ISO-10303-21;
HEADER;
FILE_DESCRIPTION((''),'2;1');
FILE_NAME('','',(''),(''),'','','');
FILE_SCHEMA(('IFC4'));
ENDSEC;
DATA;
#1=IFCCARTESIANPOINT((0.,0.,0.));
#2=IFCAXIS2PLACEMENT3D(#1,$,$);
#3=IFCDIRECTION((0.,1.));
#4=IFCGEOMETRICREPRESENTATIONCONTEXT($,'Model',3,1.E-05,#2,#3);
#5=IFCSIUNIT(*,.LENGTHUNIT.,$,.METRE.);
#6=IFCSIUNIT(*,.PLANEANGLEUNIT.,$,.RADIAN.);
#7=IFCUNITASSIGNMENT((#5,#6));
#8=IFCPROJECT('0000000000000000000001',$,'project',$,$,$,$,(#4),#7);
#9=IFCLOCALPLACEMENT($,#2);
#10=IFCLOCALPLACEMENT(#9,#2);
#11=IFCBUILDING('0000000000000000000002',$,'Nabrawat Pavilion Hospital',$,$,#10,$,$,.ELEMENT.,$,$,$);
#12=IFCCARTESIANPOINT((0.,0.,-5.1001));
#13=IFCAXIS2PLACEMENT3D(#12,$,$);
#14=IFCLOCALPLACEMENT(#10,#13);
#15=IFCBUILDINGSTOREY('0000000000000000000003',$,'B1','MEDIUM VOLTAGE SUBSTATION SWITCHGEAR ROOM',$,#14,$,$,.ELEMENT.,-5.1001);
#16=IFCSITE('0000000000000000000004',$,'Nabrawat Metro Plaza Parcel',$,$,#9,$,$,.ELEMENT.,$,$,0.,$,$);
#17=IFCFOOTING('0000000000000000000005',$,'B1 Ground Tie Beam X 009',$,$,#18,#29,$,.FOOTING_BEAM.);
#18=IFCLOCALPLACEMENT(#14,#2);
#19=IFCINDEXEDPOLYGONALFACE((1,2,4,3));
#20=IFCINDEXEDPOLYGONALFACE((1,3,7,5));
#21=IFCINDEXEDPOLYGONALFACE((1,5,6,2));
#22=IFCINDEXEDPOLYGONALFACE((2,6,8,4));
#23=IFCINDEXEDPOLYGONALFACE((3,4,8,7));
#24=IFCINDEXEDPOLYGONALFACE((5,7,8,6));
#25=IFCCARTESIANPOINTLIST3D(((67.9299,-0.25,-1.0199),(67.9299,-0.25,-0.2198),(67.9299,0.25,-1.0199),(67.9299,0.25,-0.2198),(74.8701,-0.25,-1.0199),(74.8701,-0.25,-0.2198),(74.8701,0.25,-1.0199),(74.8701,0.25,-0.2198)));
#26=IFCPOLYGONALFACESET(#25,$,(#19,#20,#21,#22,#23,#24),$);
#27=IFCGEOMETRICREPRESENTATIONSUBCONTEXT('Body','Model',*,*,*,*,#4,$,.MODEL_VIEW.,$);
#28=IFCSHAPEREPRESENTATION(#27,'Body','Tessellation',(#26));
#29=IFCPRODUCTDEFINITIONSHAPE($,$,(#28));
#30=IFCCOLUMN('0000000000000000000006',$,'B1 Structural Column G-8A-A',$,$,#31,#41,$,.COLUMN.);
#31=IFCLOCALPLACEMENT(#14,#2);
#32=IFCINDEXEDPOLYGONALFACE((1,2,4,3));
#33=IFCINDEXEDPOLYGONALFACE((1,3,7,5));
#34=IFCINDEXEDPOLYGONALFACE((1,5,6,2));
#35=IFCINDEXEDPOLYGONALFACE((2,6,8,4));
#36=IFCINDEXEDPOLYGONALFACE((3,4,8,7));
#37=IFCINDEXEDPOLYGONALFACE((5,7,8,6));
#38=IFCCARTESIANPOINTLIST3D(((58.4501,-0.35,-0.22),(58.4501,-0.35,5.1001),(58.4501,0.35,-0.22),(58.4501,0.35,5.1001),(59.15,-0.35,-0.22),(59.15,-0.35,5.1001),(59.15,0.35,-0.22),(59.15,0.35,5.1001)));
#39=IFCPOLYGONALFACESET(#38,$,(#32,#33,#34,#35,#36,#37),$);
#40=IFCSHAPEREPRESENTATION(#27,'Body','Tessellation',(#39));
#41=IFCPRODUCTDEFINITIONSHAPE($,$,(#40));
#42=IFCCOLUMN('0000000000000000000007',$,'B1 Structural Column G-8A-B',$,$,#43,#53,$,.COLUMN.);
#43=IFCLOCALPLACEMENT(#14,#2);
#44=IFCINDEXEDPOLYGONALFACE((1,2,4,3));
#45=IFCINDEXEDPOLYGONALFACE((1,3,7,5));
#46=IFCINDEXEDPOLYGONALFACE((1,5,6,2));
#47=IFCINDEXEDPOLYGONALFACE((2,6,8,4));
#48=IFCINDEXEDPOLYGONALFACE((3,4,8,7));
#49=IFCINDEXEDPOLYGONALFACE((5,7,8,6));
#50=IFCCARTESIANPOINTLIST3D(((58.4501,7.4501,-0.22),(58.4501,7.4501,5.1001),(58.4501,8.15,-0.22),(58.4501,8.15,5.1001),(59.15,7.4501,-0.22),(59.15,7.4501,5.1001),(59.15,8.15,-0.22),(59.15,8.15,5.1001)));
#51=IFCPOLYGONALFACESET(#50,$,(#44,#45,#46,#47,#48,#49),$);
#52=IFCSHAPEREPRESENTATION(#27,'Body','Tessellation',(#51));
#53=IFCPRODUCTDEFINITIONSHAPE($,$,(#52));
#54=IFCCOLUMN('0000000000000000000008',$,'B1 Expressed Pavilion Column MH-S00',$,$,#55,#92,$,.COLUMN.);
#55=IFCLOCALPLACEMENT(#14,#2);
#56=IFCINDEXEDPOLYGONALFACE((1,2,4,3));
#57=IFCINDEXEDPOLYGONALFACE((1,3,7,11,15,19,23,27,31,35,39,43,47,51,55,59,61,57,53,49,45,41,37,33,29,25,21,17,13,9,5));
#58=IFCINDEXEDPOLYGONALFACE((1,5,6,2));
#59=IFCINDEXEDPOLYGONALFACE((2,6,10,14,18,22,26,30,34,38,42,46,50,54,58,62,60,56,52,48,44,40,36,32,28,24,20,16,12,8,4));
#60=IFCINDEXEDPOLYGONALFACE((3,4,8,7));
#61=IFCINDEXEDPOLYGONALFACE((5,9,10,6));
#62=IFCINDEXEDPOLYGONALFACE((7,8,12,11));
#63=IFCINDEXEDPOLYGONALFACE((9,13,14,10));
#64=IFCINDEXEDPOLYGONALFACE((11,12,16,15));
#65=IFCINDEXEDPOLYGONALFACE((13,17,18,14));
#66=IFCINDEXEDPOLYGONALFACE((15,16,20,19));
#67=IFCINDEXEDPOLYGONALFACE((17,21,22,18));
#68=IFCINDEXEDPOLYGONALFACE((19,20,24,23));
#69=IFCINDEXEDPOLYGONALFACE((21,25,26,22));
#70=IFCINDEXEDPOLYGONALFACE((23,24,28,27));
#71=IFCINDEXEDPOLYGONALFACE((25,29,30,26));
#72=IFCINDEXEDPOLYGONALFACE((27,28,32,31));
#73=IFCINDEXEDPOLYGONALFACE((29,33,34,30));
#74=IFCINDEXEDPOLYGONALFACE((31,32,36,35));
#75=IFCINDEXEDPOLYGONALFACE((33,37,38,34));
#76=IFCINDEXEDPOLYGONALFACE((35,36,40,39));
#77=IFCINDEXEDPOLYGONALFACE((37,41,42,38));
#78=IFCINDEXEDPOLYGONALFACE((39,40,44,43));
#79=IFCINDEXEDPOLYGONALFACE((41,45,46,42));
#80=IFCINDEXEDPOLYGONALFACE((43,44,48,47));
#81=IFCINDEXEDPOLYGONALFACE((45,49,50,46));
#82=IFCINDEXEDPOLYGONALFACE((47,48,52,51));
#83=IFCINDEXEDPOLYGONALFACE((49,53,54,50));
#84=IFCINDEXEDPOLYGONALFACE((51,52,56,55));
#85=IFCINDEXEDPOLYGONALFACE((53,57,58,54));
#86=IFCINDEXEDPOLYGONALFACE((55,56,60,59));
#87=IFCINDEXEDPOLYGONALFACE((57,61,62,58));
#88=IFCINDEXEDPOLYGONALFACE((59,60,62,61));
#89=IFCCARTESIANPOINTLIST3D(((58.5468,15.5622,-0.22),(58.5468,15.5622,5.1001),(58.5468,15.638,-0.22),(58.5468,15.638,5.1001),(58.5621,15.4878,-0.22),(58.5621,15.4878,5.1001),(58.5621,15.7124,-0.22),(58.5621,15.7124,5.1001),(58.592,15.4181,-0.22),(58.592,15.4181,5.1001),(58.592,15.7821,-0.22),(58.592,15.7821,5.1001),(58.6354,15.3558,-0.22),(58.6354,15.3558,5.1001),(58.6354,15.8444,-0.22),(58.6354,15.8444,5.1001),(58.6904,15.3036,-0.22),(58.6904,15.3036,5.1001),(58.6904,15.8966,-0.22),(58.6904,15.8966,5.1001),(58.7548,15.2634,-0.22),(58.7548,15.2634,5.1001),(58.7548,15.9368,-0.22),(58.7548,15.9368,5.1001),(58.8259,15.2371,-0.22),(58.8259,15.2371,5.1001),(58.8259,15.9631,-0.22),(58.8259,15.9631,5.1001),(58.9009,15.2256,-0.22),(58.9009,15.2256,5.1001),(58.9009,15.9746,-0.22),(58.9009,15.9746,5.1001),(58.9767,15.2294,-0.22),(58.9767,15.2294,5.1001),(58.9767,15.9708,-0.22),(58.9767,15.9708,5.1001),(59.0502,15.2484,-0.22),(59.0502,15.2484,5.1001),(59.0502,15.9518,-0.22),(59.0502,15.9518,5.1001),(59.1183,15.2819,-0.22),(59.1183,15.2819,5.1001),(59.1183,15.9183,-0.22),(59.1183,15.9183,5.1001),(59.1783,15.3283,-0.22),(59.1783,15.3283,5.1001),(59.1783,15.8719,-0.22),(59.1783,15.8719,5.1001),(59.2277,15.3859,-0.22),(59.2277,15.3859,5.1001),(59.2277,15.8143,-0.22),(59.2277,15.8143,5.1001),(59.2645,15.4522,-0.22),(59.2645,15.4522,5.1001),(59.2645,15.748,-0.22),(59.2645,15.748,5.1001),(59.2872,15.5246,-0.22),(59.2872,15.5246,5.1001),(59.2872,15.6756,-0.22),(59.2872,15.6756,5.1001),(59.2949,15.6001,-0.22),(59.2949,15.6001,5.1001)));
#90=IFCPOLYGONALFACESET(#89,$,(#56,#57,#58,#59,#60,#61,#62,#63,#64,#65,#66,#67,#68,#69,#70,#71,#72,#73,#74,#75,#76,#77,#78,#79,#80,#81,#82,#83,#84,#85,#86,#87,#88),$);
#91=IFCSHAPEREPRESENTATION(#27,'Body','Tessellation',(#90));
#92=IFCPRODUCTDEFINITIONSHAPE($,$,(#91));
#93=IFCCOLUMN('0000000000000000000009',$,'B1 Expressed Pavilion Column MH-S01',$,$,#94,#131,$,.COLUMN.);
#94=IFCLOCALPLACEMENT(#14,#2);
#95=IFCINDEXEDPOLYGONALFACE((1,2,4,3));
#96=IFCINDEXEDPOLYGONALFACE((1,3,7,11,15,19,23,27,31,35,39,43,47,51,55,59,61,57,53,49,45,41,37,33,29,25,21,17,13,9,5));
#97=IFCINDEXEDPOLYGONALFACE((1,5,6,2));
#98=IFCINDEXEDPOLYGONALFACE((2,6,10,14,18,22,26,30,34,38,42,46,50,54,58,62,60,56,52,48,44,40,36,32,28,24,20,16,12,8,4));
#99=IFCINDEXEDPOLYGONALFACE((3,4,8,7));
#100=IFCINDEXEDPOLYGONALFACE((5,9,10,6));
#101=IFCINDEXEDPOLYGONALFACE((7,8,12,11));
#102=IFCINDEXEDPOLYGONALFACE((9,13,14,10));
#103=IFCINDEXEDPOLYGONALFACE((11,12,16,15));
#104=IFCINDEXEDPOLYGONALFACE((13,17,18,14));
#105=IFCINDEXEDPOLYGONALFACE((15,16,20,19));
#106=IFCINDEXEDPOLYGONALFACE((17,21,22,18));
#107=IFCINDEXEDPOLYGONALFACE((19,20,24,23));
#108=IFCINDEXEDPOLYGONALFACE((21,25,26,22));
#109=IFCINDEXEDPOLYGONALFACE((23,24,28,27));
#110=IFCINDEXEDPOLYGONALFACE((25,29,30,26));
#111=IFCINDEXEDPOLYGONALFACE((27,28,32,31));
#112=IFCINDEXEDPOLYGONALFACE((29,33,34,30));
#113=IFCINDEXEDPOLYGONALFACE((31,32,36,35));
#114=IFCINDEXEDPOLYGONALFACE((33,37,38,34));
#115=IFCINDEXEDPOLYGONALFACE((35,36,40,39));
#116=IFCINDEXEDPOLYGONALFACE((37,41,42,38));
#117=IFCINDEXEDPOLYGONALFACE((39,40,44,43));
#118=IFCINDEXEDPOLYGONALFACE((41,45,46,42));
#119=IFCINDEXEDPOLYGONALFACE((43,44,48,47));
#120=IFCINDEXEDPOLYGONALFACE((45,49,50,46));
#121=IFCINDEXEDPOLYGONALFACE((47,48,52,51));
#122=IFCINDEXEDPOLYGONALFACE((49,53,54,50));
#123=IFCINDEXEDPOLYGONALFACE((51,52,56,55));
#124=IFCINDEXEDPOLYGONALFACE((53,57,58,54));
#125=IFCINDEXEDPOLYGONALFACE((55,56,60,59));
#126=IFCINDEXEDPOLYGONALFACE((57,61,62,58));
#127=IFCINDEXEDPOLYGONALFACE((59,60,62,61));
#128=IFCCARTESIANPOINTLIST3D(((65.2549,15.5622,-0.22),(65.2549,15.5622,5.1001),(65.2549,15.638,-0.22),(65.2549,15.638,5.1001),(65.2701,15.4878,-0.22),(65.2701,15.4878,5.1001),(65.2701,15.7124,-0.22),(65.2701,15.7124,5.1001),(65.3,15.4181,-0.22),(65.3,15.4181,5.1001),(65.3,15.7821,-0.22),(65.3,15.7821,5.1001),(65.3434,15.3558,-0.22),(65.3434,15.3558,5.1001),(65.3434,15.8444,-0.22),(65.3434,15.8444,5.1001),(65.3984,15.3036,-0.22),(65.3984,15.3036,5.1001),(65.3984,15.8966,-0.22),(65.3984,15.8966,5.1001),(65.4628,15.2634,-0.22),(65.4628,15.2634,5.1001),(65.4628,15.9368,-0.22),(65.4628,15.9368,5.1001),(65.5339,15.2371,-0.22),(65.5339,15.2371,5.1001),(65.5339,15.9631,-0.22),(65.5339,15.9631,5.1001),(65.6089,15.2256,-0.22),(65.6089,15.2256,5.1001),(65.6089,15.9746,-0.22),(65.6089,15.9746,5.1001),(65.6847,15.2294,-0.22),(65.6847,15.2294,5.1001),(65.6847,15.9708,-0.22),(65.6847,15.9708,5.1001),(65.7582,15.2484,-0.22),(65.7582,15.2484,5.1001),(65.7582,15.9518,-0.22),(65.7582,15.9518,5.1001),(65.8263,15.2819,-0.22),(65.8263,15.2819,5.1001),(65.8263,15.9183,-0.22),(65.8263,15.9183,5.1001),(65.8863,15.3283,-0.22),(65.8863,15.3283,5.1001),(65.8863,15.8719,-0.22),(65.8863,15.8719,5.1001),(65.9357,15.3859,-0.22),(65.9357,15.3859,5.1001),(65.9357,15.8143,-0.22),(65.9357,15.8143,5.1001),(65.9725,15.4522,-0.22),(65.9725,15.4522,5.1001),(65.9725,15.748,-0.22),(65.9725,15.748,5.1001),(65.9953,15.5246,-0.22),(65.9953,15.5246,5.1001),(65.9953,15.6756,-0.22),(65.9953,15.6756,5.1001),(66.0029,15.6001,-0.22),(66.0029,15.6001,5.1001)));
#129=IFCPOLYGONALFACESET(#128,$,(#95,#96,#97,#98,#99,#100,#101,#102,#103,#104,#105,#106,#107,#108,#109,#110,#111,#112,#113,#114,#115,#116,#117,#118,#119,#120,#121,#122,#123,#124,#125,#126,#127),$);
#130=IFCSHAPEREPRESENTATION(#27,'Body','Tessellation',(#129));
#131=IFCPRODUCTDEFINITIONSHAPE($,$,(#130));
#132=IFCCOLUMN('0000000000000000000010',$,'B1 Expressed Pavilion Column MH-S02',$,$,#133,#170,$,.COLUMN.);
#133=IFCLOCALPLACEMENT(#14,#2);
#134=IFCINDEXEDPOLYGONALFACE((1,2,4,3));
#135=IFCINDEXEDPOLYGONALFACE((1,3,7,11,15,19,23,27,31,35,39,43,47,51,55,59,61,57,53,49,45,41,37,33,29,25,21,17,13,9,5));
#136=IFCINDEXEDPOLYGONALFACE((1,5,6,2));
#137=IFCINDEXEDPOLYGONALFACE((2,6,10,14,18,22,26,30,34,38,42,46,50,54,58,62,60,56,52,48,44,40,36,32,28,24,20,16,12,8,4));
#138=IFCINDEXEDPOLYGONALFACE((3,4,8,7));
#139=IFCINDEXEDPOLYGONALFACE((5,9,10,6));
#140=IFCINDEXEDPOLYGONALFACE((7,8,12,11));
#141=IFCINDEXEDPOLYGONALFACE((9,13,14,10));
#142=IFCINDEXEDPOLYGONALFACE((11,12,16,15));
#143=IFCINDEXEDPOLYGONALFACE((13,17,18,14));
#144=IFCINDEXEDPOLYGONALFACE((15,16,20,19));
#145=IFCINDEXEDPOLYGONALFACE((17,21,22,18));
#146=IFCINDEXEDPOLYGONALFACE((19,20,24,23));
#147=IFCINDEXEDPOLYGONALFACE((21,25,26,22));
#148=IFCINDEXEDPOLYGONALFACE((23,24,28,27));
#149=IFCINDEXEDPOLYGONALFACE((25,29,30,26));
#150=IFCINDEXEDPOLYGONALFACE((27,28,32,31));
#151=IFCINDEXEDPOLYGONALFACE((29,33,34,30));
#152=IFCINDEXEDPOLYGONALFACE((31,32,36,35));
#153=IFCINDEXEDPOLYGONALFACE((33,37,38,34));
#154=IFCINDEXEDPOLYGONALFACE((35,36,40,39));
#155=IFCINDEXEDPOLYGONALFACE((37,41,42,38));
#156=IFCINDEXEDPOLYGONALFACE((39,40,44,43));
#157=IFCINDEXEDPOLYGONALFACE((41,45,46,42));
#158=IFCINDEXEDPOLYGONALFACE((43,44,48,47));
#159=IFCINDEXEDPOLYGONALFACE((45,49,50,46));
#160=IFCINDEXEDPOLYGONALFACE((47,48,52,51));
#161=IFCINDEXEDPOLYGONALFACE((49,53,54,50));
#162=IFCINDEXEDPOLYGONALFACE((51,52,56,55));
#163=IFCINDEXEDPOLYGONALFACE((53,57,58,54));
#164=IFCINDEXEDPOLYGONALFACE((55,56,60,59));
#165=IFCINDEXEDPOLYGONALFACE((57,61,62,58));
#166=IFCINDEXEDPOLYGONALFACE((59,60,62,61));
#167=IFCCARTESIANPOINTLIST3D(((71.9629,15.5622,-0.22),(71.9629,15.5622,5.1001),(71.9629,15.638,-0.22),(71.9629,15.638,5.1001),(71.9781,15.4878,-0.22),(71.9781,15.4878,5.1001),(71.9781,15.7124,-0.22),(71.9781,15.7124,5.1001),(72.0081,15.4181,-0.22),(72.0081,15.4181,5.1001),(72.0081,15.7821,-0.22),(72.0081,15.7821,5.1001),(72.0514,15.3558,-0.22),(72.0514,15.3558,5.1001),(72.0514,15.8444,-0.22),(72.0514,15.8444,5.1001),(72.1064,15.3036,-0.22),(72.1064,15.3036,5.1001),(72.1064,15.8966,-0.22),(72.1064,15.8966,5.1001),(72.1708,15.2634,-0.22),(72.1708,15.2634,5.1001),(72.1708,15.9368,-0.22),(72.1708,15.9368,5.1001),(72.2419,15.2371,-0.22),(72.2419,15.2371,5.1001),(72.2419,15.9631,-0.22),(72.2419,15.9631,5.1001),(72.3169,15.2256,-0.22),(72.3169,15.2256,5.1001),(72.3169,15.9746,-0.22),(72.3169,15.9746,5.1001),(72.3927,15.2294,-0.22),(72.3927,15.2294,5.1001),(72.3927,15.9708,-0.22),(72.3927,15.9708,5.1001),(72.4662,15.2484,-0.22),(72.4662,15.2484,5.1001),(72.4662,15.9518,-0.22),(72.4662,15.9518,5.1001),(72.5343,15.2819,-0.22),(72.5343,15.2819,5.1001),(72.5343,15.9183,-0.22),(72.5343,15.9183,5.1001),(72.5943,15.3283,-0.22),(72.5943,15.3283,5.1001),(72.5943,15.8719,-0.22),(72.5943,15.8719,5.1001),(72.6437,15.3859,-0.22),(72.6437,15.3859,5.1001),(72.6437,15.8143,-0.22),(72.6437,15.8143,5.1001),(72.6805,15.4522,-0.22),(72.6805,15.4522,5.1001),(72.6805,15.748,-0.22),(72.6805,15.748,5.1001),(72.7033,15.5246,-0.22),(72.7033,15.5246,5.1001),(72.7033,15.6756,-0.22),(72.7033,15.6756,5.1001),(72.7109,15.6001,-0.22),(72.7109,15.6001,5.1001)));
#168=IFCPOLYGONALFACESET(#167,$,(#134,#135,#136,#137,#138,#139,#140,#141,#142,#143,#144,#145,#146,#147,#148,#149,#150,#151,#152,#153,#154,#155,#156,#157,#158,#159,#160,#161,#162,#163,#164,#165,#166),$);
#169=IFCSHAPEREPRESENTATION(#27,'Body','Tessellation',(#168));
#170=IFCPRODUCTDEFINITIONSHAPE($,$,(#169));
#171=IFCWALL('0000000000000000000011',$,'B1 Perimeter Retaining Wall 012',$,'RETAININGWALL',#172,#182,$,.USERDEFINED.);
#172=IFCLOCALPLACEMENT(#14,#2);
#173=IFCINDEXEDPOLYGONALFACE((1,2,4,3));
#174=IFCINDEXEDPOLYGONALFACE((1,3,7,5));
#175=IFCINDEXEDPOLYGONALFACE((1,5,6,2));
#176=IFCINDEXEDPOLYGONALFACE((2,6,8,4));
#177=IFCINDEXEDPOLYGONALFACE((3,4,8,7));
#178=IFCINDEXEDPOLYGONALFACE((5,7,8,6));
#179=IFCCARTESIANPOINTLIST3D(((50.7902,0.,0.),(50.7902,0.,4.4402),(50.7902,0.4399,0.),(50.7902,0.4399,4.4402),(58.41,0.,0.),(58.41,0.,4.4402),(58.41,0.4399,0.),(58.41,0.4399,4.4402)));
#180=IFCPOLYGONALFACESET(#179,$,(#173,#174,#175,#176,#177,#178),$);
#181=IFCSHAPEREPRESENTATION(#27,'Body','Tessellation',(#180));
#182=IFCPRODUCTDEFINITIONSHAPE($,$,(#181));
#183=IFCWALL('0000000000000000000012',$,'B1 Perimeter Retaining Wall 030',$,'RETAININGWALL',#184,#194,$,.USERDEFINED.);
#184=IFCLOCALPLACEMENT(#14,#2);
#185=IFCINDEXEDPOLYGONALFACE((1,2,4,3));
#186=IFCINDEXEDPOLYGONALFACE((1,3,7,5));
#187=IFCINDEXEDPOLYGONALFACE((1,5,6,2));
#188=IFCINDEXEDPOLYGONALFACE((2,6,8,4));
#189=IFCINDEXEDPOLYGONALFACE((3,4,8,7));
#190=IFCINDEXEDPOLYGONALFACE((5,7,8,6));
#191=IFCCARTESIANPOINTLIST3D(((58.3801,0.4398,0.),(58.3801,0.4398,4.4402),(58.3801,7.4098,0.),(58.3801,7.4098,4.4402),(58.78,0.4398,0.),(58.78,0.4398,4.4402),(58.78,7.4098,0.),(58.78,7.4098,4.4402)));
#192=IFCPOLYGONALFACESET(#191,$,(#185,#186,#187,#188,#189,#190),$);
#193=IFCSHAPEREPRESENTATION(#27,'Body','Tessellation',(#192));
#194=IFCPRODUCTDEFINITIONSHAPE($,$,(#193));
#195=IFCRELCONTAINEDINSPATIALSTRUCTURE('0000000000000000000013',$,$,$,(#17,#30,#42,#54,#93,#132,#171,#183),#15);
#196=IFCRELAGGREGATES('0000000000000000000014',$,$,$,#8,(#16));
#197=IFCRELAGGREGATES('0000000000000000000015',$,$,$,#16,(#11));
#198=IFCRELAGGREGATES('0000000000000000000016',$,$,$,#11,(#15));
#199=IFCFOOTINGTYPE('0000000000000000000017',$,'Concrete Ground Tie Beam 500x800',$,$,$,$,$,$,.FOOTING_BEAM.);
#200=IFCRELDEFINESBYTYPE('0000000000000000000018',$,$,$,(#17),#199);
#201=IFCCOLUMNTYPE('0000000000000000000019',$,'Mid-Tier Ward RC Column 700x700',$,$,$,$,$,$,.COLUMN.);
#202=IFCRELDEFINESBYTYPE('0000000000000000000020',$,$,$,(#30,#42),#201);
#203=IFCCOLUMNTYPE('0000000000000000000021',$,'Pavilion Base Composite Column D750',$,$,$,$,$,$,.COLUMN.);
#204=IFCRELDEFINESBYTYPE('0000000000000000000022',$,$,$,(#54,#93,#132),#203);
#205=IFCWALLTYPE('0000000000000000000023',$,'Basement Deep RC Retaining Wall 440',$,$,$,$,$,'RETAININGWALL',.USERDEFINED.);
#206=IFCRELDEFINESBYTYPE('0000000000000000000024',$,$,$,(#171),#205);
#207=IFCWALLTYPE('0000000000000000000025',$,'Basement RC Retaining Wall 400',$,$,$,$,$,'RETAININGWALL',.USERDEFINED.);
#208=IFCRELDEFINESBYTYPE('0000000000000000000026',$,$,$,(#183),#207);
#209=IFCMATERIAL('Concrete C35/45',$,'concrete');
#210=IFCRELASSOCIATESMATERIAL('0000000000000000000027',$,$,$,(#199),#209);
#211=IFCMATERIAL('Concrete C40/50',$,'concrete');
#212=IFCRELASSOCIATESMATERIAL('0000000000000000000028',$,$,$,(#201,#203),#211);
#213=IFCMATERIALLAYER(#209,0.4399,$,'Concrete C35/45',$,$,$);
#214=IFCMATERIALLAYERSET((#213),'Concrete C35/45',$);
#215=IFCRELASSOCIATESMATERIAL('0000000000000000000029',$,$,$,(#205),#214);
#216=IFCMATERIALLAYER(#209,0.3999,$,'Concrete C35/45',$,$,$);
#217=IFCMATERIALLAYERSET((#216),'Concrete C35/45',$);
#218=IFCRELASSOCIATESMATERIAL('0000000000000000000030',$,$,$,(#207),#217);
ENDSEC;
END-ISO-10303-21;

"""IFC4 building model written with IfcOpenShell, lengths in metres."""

from ifc_helpers import new_model, si_unit, direction, frame, frame_2d, origin, origin_2d, place, context, subcontext, project, spatial, rectangle, circle, extrude, material, layer, layer_set, material_profile, profile_set, type_object, element, save


model = new_model("IFC4")

# Units and contexts
model_context = context("Model", 3, precision=1e-05, world=origin(), true_north=direction((0.0, 1.0)))
body_context = subcontext(model_context, "Body", "Model", "MODEL_VIEW")
ifc_project = project(units=[si_unit("LENGTHUNIT", "METRE"), si_unit("PLANEANGLEUNIT", "RADIAN")], contexts=[model_context])

# Site, building, storey
site_placement = place(None, origin())
site = spatial("IfcSite", under=ifc_project, at=site_placement, Name="Nabrawat Metro Plaza Parcel", CompositionType="ELEMENT", RefElevation=0.0)
building_placement = place(site_placement, origin())
building = spatial("IfcBuilding", under=site, at=building_placement, Name="Nabrawat Pavilion Hospital", CompositionType="ELEMENT")
storey_placement = place(building_placement, frame((0.0, 0.0, -5.1001)))
storey = spatial("IfcBuildingStorey", under=building, at=storey_placement, Name="B1", Description="MEDIUM VOLTAGE SUBSTATION SWITCHGEAR ROOM", CompositionType="ELEMENT", Elevation=-5.1001)

# Shared definitions
ifc_material_1 = material(Name="Concrete C35/45", Category="concrete")

# Footing
ifc_material_profile_1 = material_profile(ifc_material_1, rectangle(XDim=0.5, YDim=0.8, at=origin_2d()), Name="RC 500x800")
ifc_profile_set_1 = profile_set([ifc_material_profile_1], Name="Concrete C35/45")
footing_type = type_object("IfcFootingType", Name="Concrete Ground Tie Beam 500x800", PredefinedType="FOOTING_BEAM", material=ifc_profile_set_1)
footing_1_placement = place(storey_placement, frame((67.9299, 0.0, -0.6199), z_axis=(1.0, 0.0, 0.0), x_axis=(0.0, 1.0, 0.0)))
element("IfcFooting", 1, at=footing_1_placement, inside=storey, type_object=footing_type, Name="B1 Ground Tie Beam X 009", PredefinedType="FOOTING_BEAM", context=body_context, shape_type="SweptSolid", body=[
    extrude(rectangle(XDim=0.5, YDim=0.8, at=origin_2d()), origin(), (0.0, 0.0, 1.0), 6.9402),
])

# Columns
ifc_material_2 = material(Name="Concrete C40/50", Category="concrete")
ifc_material_profile_2 = material_profile(ifc_material_2, rectangle(XDim=0.7, YDim=0.7, at=origin_2d()), Name="RC 700x700")
ifc_profile_set_2 = profile_set([ifc_material_profile_2], Name="Concrete C40/50")
column_type_1 = type_object("IfcColumnType", Name="Mid-Tier Ward RC Column 700x700", PredefinedType="COLUMN", material=ifc_profile_set_2)
for number, where, z_axis, x_axis, name in (
    (2, (58.8, 0.0, -0.22), (0.0, 0.0, 1.0), (1.0, 0.0, 0.0), "B1 Structural Column G-8A-A"),
    (3, (58.8, 7.8, -0.22), (0.0, 0.0, 1.0), (1.0, 0.0, 0.0), "B1 Structural Column G-8A-B"),
):
    element("IfcColumn", number, at=place(storey_placement, frame(where, z_axis=z_axis, x_axis=x_axis)), inside=storey, type_object=column_type_1, Name=name, PredefinedType="COLUMN", context=body_context, shape_type="SweptSolid", body=[
        extrude(rectangle(XDim=0.7, YDim=0.7, at=origin_2d()), origin(), (0.0, 0.0, 1.0), 5.3201),
    ])
ifc_material_profile_3 = material_profile(ifc_material_2, circle(Radius=0.375, at=origin_2d()), Name="RC D750")
ifc_profile_set_3 = profile_set([ifc_material_profile_3], Name="Concrete C40/50")
column_type_2 = type_object("IfcColumnType", Name="Pavilion Base Composite Column D750", PredefinedType="COLUMN", material=ifc_profile_set_3)
for number, where, z_axis, x_axis, name in (
    (4, (58.9199, 15.6001, -0.22), (0.0, 0.0, 1.0), (1.0, 0.0, 0.0), "B1 Expressed Pavilion Column MH-S00"),
    (5, (65.6279, 15.6001, -0.22), (0.0, 0.0, 1.0), (1.0, 0.0, 0.0), "B1 Expressed Pavilion Column MH-S01"),
    (6, (72.3359, 15.6001, -0.22), (0.0, 0.0, 1.0), (1.0, 0.0, 0.0), "B1 Expressed Pavilion Column MH-S02"),
):
    element("IfcColumn", number, at=place(storey_placement, frame(where, z_axis=z_axis, x_axis=x_axis)), inside=storey, type_object=column_type_2, Name=name, PredefinedType="COLUMN", context=body_context, shape_type="SweptSolid", body=[
        extrude(circle(Radius=0.375, at=origin_2d()), origin(), (0.0, 0.0, 1.0), 5.3201),
    ])

# Walls
ifc_layer_1 = layer(ifc_material_1, 0.4399, Name="Concrete C35/45")
ifc_layer_set_1 = layer_set([ifc_layer_1], Name="Concrete C35/45")
wall_type_1 = type_object("IfcWallType", Name="Basement Deep RC Retaining Wall 440", ElementType="RETAININGWALL", PredefinedType="USERDEFINED", material=ifc_layer_set_1)
wall_1_placement = place(storey_placement, frame((50.79, 0.22, 0.0), z_axis=(0.0, 0.0, 1.0), x_axis=(1.0, 0.0, 0.0)))
element("IfcWall", 7, at=wall_1_placement, inside=storey, type_object=wall_type_1, Name="B1 Perimeter Retaining Wall 012", ObjectType="RETAININGWALL", PredefinedType="USERDEFINED", context=body_context, shape_type="SweptSolid", body=[
    extrude(rectangle(XDim=7.6199, YDim=0.4399, at=frame_2d((3.8101, 0.0))), origin(), (0.0, 0.0, 1.0), 4.4402),
])
ifc_layer_2 = layer(ifc_material_1, 0.3999, Name="Concrete C35/45")
ifc_layer_set_2 = layer_set([ifc_layer_2], Name="Concrete C35/45")
wall_type_2 = type_object("IfcWallType", Name="Basement RC Retaining Wall 400", ElementType="RETAININGWALL", PredefinedType="USERDEFINED", material=ifc_layer_set_2)
wall_2_placement = place(storey_placement, frame((58.5801, 0.4399, 0.0), z_axis=(0.0, 0.0, 1.0), x_axis=(0.0, 1.0, 0.0)))
element("IfcWall", 8, at=wall_2_placement, inside=storey, type_object=wall_type_2, Name="B1 Perimeter Retaining Wall 030", ObjectType="RETAININGWALL", PredefinedType="USERDEFINED", context=body_context, shape_type="SweptSolid", body=[
    extrude(rectangle(XDim=6.97, YDim=0.3999, at=frame_2d((3.4849, 0.0))), origin(), (0.0, 0.0, 1.0), 4.4402),
])

save(model, "model.ifc")
